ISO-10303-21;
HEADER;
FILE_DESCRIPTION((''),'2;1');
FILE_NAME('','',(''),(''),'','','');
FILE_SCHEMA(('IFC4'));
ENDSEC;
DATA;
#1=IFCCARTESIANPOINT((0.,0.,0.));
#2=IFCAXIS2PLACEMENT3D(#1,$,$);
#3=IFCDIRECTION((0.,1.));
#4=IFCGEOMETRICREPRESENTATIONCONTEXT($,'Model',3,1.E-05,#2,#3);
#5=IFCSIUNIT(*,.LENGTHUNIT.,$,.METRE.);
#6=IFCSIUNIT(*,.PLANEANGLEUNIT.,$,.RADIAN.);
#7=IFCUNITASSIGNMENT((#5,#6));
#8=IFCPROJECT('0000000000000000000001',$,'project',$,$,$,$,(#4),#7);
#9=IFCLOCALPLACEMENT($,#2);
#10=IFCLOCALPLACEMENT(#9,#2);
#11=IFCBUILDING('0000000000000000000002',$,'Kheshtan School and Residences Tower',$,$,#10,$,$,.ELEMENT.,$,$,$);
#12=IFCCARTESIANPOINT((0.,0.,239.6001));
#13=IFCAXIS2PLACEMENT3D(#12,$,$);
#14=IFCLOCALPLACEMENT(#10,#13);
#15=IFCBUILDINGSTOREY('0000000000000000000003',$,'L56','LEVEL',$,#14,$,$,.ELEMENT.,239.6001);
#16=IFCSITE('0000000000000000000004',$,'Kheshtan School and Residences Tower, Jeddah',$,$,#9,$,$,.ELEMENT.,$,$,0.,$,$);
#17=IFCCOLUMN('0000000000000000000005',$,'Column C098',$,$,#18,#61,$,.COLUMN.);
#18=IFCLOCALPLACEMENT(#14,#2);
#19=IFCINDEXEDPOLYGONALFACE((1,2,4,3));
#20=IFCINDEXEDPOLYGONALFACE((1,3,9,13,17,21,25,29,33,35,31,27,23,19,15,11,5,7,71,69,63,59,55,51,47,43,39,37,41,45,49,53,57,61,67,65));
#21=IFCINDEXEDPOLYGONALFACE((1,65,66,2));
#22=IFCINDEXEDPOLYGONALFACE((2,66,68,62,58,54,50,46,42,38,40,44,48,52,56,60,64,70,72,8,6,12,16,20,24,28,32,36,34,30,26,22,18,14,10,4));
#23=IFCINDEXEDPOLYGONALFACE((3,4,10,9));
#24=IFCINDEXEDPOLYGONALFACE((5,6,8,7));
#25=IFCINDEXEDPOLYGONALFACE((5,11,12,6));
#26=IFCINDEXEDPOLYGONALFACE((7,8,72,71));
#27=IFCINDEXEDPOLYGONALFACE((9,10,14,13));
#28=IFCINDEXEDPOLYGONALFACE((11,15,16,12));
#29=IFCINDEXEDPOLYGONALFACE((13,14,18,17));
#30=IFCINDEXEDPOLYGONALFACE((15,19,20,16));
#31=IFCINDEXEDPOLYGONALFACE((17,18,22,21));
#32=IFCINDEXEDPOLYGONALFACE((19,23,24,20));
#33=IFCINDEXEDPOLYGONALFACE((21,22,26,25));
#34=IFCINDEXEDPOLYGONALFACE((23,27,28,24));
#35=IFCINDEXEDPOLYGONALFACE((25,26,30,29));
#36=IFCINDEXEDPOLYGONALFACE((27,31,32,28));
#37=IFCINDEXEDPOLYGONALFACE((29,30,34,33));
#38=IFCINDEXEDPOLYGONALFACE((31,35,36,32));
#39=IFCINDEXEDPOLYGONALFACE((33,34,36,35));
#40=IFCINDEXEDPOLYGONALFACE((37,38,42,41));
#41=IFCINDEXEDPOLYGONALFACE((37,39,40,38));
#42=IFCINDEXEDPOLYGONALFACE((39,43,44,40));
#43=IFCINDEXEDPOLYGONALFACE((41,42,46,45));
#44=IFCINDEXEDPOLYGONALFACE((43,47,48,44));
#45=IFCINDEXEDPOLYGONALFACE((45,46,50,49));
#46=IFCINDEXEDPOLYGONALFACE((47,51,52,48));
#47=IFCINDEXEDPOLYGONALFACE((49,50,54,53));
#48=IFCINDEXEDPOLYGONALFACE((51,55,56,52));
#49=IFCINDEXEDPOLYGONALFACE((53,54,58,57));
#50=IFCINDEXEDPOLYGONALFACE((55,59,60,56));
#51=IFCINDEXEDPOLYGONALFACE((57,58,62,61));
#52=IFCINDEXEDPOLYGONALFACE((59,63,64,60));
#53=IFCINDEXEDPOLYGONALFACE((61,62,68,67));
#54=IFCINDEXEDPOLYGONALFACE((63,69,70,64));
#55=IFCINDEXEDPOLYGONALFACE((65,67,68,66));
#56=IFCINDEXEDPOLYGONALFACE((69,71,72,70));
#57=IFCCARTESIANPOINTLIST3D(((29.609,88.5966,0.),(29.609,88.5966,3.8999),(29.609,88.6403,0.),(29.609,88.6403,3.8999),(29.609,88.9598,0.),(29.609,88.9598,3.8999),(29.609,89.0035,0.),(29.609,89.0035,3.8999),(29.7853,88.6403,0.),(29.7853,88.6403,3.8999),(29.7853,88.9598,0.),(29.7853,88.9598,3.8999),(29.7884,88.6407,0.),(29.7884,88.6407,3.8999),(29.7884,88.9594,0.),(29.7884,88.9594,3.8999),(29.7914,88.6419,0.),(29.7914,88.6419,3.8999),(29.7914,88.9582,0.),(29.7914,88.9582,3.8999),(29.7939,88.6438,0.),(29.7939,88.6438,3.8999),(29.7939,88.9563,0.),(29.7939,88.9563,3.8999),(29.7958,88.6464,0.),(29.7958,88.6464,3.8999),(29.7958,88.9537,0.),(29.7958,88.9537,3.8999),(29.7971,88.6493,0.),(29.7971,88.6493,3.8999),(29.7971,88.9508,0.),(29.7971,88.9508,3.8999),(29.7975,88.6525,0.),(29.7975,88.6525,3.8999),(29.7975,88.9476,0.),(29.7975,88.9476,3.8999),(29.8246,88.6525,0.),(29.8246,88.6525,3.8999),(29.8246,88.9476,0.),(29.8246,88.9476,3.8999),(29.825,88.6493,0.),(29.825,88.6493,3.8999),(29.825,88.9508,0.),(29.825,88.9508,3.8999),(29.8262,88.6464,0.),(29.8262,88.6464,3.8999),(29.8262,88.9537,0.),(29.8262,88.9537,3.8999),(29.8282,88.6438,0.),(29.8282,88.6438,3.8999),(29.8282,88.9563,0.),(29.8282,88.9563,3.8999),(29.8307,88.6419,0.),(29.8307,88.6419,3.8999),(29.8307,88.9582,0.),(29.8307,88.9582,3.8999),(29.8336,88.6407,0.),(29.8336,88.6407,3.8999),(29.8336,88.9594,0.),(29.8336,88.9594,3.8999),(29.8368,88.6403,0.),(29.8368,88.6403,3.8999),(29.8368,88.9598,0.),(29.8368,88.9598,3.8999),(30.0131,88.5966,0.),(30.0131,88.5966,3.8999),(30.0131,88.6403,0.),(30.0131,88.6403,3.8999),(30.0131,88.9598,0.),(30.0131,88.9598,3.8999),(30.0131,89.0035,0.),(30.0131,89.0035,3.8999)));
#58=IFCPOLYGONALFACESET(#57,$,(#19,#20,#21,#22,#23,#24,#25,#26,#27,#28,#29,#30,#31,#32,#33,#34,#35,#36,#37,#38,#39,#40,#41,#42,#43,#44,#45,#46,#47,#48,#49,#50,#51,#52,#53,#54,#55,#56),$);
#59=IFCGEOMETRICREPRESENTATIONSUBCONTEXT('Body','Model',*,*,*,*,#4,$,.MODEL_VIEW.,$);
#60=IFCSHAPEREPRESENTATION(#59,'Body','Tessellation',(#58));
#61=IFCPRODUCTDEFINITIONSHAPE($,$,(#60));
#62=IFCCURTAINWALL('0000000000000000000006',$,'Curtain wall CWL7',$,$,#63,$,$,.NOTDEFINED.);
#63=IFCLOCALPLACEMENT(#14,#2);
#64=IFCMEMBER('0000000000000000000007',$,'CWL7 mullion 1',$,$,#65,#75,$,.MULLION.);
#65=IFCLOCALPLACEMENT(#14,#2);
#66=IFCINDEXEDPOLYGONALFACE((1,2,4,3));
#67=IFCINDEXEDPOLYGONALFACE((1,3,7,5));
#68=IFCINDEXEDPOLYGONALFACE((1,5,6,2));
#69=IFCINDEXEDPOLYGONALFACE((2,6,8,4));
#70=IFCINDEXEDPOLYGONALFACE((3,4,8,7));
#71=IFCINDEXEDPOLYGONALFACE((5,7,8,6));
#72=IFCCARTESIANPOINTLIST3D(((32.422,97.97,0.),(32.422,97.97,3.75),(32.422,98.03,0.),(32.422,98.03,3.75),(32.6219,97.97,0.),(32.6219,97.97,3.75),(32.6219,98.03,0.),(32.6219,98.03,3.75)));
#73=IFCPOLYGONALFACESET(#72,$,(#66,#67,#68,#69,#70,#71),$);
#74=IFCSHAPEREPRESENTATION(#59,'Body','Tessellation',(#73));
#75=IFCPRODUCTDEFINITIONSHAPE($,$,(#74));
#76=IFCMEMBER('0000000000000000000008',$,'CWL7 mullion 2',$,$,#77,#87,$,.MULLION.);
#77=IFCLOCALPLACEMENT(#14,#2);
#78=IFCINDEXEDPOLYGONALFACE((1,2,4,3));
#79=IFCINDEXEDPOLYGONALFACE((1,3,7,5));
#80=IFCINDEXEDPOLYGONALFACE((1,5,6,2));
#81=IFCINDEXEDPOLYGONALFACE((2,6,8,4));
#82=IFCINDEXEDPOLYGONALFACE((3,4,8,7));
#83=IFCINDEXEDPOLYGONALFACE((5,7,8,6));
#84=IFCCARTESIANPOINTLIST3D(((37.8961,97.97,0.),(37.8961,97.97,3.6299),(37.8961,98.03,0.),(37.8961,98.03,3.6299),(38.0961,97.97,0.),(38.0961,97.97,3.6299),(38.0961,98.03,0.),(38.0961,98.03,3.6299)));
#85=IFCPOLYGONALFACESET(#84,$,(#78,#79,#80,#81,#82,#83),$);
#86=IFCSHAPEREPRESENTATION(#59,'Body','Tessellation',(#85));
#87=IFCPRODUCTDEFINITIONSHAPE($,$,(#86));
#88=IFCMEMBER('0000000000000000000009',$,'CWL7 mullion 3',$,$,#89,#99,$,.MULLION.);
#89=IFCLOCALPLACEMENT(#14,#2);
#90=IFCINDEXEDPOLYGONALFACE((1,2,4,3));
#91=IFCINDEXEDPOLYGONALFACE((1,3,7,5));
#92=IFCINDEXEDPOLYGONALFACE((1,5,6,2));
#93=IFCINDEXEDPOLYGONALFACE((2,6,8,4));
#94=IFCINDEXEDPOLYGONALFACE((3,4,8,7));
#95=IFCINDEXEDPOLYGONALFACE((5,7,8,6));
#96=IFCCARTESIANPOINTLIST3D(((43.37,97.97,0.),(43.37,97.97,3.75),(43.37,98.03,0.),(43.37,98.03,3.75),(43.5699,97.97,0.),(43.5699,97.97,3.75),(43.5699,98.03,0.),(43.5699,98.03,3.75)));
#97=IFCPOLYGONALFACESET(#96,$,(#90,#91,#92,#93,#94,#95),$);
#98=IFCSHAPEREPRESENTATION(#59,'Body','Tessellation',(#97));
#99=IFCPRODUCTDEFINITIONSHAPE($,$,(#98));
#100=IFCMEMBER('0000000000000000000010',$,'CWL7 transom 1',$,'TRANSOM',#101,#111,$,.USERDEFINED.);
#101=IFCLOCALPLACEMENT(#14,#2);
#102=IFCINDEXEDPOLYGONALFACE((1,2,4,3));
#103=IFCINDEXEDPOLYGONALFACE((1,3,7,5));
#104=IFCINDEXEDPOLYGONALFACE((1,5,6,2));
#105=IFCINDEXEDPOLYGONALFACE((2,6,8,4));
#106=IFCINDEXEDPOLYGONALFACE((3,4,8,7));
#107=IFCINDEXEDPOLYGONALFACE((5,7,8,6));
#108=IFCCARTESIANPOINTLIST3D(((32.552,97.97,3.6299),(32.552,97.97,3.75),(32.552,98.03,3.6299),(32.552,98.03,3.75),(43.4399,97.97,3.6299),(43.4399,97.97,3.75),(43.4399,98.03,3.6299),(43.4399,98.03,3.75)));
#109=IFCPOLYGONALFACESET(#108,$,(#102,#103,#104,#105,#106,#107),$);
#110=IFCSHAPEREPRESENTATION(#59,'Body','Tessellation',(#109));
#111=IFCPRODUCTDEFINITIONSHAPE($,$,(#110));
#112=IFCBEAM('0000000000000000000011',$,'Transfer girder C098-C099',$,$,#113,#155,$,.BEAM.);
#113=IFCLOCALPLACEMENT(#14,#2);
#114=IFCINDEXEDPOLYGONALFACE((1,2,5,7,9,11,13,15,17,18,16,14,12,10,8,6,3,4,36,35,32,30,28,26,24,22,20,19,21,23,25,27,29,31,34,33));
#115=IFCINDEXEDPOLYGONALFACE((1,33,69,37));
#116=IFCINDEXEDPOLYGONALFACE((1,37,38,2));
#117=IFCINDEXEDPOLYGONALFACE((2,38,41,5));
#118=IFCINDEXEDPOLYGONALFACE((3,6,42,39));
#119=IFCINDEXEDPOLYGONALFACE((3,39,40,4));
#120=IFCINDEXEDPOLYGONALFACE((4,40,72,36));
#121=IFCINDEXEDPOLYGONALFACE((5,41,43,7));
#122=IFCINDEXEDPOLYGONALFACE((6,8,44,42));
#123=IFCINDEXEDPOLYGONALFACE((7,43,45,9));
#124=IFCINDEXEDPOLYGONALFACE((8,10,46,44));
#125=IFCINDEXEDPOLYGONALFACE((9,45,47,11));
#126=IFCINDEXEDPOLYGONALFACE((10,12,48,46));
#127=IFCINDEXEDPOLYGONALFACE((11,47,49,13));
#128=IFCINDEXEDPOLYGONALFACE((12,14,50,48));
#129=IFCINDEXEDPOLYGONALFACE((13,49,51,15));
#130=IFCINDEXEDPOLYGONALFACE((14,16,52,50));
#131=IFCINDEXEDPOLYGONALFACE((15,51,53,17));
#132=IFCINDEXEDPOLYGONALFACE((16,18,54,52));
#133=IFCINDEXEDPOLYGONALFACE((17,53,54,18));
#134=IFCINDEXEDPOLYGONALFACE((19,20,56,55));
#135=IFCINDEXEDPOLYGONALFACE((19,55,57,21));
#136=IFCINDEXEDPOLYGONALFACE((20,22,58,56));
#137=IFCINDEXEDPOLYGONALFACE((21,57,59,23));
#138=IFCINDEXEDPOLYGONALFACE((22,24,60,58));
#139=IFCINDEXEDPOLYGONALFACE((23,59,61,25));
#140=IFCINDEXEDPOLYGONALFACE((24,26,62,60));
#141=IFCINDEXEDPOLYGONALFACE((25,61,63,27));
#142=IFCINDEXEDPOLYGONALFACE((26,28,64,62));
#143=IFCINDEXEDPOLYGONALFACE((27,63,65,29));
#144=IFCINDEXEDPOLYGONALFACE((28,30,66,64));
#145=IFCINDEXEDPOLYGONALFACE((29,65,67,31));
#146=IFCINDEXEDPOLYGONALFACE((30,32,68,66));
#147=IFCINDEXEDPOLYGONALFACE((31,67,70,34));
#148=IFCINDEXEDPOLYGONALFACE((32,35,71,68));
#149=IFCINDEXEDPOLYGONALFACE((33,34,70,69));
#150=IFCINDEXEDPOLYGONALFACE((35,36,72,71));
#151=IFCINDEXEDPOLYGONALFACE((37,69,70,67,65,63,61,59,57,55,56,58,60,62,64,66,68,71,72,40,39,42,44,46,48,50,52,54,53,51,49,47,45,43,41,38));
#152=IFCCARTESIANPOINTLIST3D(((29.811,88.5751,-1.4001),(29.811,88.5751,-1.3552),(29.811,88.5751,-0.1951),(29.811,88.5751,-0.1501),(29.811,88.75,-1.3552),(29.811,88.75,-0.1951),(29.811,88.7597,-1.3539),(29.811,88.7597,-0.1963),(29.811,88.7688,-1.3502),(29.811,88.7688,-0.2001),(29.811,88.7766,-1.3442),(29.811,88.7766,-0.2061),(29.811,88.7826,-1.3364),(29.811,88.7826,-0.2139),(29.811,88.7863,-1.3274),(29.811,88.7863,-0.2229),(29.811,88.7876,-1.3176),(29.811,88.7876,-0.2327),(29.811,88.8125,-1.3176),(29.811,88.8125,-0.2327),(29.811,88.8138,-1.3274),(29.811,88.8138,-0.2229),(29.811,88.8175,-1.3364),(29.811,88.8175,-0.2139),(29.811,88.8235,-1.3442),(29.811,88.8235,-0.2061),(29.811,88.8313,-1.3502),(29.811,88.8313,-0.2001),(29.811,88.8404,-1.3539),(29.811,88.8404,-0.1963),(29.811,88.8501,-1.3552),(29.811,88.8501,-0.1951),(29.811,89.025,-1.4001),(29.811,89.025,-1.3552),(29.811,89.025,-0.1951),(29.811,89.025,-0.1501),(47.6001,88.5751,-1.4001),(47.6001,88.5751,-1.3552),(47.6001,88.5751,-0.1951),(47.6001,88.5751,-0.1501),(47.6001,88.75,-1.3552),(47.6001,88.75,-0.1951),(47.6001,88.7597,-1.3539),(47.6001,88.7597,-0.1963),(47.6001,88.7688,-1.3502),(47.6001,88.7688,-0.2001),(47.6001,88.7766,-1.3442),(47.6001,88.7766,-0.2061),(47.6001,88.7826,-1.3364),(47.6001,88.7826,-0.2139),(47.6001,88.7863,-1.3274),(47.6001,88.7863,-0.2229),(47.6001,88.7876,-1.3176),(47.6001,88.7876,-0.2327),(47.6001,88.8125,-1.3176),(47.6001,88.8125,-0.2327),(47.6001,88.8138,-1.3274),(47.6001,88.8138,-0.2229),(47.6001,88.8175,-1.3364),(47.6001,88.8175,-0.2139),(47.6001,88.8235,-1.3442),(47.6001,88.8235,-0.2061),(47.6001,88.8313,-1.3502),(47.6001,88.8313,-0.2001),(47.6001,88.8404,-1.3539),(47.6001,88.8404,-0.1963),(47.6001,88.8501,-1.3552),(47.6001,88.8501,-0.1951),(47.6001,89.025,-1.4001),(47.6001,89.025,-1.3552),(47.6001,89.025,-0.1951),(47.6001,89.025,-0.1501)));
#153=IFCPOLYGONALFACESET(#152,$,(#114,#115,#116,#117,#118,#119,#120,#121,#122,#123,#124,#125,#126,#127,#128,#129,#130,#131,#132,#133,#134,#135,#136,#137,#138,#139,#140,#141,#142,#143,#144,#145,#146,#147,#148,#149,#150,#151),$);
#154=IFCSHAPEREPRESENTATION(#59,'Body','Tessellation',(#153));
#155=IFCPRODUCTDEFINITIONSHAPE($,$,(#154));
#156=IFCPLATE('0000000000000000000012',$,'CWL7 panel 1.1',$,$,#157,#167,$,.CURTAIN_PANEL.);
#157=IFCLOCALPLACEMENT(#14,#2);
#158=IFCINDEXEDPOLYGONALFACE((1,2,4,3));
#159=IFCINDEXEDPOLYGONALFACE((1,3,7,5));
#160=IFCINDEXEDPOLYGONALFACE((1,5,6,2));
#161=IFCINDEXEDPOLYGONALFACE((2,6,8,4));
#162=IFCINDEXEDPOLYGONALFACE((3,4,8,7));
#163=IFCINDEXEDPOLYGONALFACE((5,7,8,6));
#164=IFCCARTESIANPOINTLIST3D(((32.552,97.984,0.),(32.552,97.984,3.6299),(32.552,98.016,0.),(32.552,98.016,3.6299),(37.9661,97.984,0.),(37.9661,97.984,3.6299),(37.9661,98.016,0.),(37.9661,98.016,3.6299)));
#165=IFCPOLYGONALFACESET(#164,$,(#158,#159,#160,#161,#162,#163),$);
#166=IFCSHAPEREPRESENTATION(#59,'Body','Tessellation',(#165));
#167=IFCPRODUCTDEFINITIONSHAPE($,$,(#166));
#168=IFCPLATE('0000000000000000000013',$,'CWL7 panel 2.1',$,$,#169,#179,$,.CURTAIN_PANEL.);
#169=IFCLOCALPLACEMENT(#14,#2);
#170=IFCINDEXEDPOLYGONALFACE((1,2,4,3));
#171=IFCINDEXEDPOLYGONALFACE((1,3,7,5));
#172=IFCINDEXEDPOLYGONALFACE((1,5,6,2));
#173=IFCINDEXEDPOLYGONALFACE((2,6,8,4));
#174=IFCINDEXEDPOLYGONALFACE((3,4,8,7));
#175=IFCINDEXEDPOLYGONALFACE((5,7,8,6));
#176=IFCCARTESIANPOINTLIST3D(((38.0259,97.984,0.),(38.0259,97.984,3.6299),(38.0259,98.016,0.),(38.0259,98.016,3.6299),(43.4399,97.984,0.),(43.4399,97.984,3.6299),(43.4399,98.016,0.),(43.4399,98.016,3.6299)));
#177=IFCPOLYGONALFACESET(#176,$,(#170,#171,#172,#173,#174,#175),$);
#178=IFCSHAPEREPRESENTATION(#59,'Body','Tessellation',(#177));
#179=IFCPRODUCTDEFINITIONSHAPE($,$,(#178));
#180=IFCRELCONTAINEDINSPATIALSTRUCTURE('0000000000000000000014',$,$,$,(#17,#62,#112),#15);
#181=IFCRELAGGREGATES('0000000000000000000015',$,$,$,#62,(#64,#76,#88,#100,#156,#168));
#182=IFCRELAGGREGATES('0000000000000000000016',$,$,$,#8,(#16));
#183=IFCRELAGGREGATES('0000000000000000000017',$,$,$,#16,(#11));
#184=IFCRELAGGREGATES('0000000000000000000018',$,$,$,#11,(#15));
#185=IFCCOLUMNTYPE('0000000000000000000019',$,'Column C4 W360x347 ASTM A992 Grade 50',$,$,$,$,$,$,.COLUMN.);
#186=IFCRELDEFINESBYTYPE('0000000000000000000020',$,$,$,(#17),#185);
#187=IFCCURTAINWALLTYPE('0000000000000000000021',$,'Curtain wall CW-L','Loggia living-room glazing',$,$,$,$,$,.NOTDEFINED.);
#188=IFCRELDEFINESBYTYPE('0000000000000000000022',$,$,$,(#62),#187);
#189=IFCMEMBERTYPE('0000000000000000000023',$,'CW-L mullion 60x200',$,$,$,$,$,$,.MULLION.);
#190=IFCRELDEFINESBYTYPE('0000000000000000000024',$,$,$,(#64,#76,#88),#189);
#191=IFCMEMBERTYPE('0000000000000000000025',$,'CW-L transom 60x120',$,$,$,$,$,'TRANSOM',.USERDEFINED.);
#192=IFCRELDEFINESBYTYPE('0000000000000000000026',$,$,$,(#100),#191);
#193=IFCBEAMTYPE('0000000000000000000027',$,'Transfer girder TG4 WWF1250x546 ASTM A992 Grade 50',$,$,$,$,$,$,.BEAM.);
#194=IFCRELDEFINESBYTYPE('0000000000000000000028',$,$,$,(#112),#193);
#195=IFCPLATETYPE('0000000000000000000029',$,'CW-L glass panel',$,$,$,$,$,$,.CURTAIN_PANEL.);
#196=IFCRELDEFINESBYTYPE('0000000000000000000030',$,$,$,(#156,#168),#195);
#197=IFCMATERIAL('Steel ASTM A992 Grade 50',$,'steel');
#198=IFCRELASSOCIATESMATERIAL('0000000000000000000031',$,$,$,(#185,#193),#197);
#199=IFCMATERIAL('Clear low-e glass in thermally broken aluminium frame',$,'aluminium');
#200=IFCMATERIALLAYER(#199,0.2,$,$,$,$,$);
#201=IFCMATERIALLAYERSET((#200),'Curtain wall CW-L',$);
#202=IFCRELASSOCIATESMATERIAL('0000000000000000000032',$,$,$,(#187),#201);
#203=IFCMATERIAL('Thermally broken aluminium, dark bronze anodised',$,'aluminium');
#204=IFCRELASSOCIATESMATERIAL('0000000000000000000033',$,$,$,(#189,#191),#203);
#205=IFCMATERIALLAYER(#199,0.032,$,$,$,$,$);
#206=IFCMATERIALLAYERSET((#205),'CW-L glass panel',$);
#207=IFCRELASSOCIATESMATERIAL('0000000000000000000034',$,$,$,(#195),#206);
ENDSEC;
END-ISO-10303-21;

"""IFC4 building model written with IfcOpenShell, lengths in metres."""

from ifc_helpers import new_model, si_unit, direction, frame, origin, origin_2d, place, context, subcontext, project, spatial, rectangle, i_section, extrude, material, layer, layer_set, material_profile, profile_set, type_object, element, aggregate, save


model = new_model("IFC4")

# Units and contexts
model_context = context("Model", 3, precision=1e-05, world=origin(), true_north=direction((0.0, 1.0)))
body_context = subcontext(model_context, "Body", "Model", "MODEL_VIEW")
ifc_project = project(units=[si_unit("LENGTHUNIT", "METRE"), si_unit("PLANEANGLEUNIT", "RADIAN")], contexts=[model_context])

# Site, building, storey
site_placement = place(None, origin())
site = spatial("IfcSite", under=ifc_project, at=site_placement, Name="Kheshtan School and Residences Tower, Jeddah", CompositionType="ELEMENT", RefElevation=0.0)
building_placement = place(site_placement, origin())
building = spatial("IfcBuilding", under=site, at=building_placement, Name="Kheshtan School and Residences Tower", CompositionType="ELEMENT")
storey_placement = place(building_placement, frame((0.0, 0.0, 239.6001)))
storey = spatial("IfcBuildingStorey", under=building, at=storey_placement, Name="L56", Description="LEVEL", CompositionType="ELEMENT", Elevation=239.6001)

# Column
ifc_material_1 = material(Name="Steel ASTM A992 Grade 50", Category="steel")
ifc_material_profile_1 = material_profile(ifc_material_1, i_section(OverallWidth=0.4041, OverallDepth=0.407, WebThickness=0.0271, FlangeThickness=0.0437, FilletRadius=0.0122, at=origin_2d()), Name="W360x347")
ifc_profile_set_1 = profile_set([ifc_material_profile_1], Name="Steel ASTM A992 Grade 50")
column_type = type_object("IfcColumnType", Name="Column C4 W360x347 ASTM A992 Grade 50", PredefinedType="COLUMN", material=ifc_profile_set_1)
column_placement = place(storey_placement, frame((29.811, 88.8, 0.0), z_axis=(0.0, 0.0, 1.0), x_axis=(1.0, 0.0, 0.0)))
element("IfcColumn", 1, at=column_placement, inside=storey, type_object=column_type, Name="Column C098", PredefinedType="COLUMN", context=body_context, shape_type="SweptSolid", body=[
    extrude(i_section(OverallWidth=0.4041, OverallDepth=0.407, WebThickness=0.0271, FlangeThickness=0.0437, FilletRadius=0.0122, at=origin_2d()), origin(), (0.0, 0.0, 1.0), 3.8999),
])

# Curtain wall, members
ifc_material_2 = material(Name="Clear low-e glass in thermally broken aluminium frame", Category="aluminium")
ifc_layer_1 = layer(ifc_material_2, 0.2)
ifc_layer_set_1 = layer_set([ifc_layer_1], Name="Curtain wall CW-L")
curtain_wall_type = type_object("IfcCurtainWallType", Name="Curtain wall CW-L", Description="Loggia living-room glazing", PredefinedType="NOTDEFINED", material=ifc_layer_set_1)
curtain_wall_placement = place(storey_placement, origin())
curtain_wall = element("IfcCurtainWall", 2, at=curtain_wall_placement, inside=storey, type_object=curtain_wall_type, Name="Curtain wall CWL7", PredefinedType="NOTDEFINED")
ifc_material_3 = material(Name="Thermally broken aluminium, dark bronze anodised", Category="aluminium")
ifc_material_profile_2 = material_profile(ifc_material_3, rectangle(XDim=0.0601, YDim=0.2, at=origin_2d()), Name="CW-L mullion 60x200")
ifc_profile_set_2 = profile_set([ifc_material_profile_2], Name="Thermally broken aluminium, dark bronze anodised")
member_type_1 = type_object("IfcMemberType", Name="CW-L mullion 60x200", PredefinedType="MULLION", material=ifc_profile_set_2)
member_1_placement = place(storey_placement, frame((32.522, 98.0, 0.0), z_axis=(0.0, 0.0, 1.0), x_axis=(0.0, 1.0, 0.0)))
member_1 = element("IfcMember", 3, at=member_1_placement, type_object=member_type_1, Name="CWL7 mullion 1", PredefinedType="MULLION", context=body_context, shape_type="SweptSolid", body=[
    extrude(rectangle(XDim=0.0601, YDim=0.2, at=origin_2d()), origin(), (0.0, 0.0, 1.0), 3.75),
])
member_2_placement = place(storey_placement, frame((37.9961, 98.0, 0.0), z_axis=(0.0, 0.0, 1.0), x_axis=(0.0, 1.0, 0.0)))
member_2 = element("IfcMember", 4, at=member_2_placement, type_object=member_type_1, Name="CWL7 mullion 2", PredefinedType="MULLION", context=body_context, shape_type="SweptSolid", body=[
    extrude(rectangle(XDim=0.0601, YDim=0.2, at=origin_2d()), origin(), (0.0, 0.0, 1.0), 3.6299),
])
member_3_placement = place(storey_placement, frame((43.47, 98.0, 0.0), z_axis=(0.0, 0.0, 1.0), x_axis=(0.0, 1.0, 0.0)))
member_3 = element("IfcMember", 5, at=member_3_placement, type_object=member_type_1, Name="CWL7 mullion 3", PredefinedType="MULLION", context=body_context, shape_type="SweptSolid", body=[
    extrude(rectangle(XDim=0.0601, YDim=0.2, at=origin_2d()), origin(), (0.0, 0.0, 1.0), 3.75),
])
ifc_material_profile_3 = material_profile(ifc_material_3, rectangle(XDim=0.0601, YDim=0.1201, at=origin_2d()), Name="CW-L transom 60x120")
ifc_profile_set_3 = profile_set([ifc_material_profile_3], Name="Thermally broken aluminium, dark bronze anodised")
member_type_2 = type_object("IfcMemberType", Name="CW-L transom 60x120", ElementType="TRANSOM", PredefinedType="USERDEFINED", material=ifc_profile_set_3)
member_4_placement = place(storey_placement, frame((32.552, 98.0, 3.6899), z_axis=(1.0, 0.0, 0.0), x_axis=(0.0, 1.0, 0.0)))
member_4 = element("IfcMember", 6, at=member_4_placement, type_object=member_type_2, Name="CWL7 transom 1", ObjectType="TRANSOM", PredefinedType="USERDEFINED", context=body_context, shape_type="SweptSolid", body=[
    extrude(rectangle(XDim=0.0601, YDim=0.1201, at=origin_2d()), origin(), (0.0, 0.0, 1.0), 10.8879),
])

# Beam
ifc_material_profile_4 = material_profile(ifc_material_1, i_section(OverallWidth=0.45, OverallDepth=1.25, WebThickness=0.0249, FlangeThickness=0.0449, FilletRadius=0.0376, at=origin_2d()), Name="WWF1250x546")
ifc_profile_set_4 = profile_set([ifc_material_profile_4], Name="Steel ASTM A992 Grade 50")
beam_type = type_object("IfcBeamType", Name="Transfer girder TG4 WWF1250x546 ASTM A992 Grade 50", PredefinedType="BEAM", material=ifc_profile_set_4)
beam_placement = place(storey_placement, frame((29.811, 88.8, -0.7751), z_axis=(1.0, 0.0, 0.0), x_axis=(0.0, 1.0, 0.0)))
element("IfcBeam", 7, at=beam_placement, inside=storey, type_object=beam_type, Name="Transfer girder C098-C099", PredefinedType="BEAM", context=body_context, shape_type="SweptSolid", body=[
    extrude(i_section(OverallWidth=0.45, OverallDepth=1.25, WebThickness=0.0249, FlangeThickness=0.0449, FilletRadius=0.0376, at=origin_2d()), origin(), (0.0, 0.0, 1.0), 17.7891),
])

# Plates
ifc_layer_2 = layer(ifc_material_2, 0.032)
ifc_layer_set_2 = layer_set([ifc_layer_2], Name="CW-L glass panel")
plate_type = type_object("IfcPlateType", Name="CW-L glass panel", PredefinedType="CURTAIN_PANEL", material=ifc_layer_set_2)
plate_1_placement = place(storey_placement, frame((35.259, 98.0, 0.0), z_axis=(0.0, 0.0, 1.0), x_axis=(1.0, 0.0, 0.0)))
plate_1 = element("IfcPlate", 8, at=plate_1_placement, type_object=plate_type, Name="CWL7 panel 1.1", PredefinedType="CURTAIN_PANEL", context=body_context, shape_type="SweptSolid", body=[
    extrude(rectangle(XDim=5.4141, YDim=0.032, at=origin_2d()), origin(), (0.0, 0.0, 1.0), 3.6299),
])
plate_2_placement = place(storey_placement, frame((40.7329, 98.0, 0.0), z_axis=(0.0, 0.0, 1.0), x_axis=(1.0, 0.0, 0.0)))
plate_2 = element("IfcPlate", 9, at=plate_2_placement, type_object=plate_type, Name="CWL7 panel 2.1", PredefinedType="CURTAIN_PANEL", context=body_context, shape_type="SweptSolid", body=[
    extrude(rectangle(XDim=5.4141, YDim=0.032, at=origin_2d()), origin(), (0.0, 0.0, 1.0), 3.6299),
])
aggregate(curtain_wall, [member_1, member_2, member_3, member_4, plate_1, plate_2])

save(model, "model.ifc")
